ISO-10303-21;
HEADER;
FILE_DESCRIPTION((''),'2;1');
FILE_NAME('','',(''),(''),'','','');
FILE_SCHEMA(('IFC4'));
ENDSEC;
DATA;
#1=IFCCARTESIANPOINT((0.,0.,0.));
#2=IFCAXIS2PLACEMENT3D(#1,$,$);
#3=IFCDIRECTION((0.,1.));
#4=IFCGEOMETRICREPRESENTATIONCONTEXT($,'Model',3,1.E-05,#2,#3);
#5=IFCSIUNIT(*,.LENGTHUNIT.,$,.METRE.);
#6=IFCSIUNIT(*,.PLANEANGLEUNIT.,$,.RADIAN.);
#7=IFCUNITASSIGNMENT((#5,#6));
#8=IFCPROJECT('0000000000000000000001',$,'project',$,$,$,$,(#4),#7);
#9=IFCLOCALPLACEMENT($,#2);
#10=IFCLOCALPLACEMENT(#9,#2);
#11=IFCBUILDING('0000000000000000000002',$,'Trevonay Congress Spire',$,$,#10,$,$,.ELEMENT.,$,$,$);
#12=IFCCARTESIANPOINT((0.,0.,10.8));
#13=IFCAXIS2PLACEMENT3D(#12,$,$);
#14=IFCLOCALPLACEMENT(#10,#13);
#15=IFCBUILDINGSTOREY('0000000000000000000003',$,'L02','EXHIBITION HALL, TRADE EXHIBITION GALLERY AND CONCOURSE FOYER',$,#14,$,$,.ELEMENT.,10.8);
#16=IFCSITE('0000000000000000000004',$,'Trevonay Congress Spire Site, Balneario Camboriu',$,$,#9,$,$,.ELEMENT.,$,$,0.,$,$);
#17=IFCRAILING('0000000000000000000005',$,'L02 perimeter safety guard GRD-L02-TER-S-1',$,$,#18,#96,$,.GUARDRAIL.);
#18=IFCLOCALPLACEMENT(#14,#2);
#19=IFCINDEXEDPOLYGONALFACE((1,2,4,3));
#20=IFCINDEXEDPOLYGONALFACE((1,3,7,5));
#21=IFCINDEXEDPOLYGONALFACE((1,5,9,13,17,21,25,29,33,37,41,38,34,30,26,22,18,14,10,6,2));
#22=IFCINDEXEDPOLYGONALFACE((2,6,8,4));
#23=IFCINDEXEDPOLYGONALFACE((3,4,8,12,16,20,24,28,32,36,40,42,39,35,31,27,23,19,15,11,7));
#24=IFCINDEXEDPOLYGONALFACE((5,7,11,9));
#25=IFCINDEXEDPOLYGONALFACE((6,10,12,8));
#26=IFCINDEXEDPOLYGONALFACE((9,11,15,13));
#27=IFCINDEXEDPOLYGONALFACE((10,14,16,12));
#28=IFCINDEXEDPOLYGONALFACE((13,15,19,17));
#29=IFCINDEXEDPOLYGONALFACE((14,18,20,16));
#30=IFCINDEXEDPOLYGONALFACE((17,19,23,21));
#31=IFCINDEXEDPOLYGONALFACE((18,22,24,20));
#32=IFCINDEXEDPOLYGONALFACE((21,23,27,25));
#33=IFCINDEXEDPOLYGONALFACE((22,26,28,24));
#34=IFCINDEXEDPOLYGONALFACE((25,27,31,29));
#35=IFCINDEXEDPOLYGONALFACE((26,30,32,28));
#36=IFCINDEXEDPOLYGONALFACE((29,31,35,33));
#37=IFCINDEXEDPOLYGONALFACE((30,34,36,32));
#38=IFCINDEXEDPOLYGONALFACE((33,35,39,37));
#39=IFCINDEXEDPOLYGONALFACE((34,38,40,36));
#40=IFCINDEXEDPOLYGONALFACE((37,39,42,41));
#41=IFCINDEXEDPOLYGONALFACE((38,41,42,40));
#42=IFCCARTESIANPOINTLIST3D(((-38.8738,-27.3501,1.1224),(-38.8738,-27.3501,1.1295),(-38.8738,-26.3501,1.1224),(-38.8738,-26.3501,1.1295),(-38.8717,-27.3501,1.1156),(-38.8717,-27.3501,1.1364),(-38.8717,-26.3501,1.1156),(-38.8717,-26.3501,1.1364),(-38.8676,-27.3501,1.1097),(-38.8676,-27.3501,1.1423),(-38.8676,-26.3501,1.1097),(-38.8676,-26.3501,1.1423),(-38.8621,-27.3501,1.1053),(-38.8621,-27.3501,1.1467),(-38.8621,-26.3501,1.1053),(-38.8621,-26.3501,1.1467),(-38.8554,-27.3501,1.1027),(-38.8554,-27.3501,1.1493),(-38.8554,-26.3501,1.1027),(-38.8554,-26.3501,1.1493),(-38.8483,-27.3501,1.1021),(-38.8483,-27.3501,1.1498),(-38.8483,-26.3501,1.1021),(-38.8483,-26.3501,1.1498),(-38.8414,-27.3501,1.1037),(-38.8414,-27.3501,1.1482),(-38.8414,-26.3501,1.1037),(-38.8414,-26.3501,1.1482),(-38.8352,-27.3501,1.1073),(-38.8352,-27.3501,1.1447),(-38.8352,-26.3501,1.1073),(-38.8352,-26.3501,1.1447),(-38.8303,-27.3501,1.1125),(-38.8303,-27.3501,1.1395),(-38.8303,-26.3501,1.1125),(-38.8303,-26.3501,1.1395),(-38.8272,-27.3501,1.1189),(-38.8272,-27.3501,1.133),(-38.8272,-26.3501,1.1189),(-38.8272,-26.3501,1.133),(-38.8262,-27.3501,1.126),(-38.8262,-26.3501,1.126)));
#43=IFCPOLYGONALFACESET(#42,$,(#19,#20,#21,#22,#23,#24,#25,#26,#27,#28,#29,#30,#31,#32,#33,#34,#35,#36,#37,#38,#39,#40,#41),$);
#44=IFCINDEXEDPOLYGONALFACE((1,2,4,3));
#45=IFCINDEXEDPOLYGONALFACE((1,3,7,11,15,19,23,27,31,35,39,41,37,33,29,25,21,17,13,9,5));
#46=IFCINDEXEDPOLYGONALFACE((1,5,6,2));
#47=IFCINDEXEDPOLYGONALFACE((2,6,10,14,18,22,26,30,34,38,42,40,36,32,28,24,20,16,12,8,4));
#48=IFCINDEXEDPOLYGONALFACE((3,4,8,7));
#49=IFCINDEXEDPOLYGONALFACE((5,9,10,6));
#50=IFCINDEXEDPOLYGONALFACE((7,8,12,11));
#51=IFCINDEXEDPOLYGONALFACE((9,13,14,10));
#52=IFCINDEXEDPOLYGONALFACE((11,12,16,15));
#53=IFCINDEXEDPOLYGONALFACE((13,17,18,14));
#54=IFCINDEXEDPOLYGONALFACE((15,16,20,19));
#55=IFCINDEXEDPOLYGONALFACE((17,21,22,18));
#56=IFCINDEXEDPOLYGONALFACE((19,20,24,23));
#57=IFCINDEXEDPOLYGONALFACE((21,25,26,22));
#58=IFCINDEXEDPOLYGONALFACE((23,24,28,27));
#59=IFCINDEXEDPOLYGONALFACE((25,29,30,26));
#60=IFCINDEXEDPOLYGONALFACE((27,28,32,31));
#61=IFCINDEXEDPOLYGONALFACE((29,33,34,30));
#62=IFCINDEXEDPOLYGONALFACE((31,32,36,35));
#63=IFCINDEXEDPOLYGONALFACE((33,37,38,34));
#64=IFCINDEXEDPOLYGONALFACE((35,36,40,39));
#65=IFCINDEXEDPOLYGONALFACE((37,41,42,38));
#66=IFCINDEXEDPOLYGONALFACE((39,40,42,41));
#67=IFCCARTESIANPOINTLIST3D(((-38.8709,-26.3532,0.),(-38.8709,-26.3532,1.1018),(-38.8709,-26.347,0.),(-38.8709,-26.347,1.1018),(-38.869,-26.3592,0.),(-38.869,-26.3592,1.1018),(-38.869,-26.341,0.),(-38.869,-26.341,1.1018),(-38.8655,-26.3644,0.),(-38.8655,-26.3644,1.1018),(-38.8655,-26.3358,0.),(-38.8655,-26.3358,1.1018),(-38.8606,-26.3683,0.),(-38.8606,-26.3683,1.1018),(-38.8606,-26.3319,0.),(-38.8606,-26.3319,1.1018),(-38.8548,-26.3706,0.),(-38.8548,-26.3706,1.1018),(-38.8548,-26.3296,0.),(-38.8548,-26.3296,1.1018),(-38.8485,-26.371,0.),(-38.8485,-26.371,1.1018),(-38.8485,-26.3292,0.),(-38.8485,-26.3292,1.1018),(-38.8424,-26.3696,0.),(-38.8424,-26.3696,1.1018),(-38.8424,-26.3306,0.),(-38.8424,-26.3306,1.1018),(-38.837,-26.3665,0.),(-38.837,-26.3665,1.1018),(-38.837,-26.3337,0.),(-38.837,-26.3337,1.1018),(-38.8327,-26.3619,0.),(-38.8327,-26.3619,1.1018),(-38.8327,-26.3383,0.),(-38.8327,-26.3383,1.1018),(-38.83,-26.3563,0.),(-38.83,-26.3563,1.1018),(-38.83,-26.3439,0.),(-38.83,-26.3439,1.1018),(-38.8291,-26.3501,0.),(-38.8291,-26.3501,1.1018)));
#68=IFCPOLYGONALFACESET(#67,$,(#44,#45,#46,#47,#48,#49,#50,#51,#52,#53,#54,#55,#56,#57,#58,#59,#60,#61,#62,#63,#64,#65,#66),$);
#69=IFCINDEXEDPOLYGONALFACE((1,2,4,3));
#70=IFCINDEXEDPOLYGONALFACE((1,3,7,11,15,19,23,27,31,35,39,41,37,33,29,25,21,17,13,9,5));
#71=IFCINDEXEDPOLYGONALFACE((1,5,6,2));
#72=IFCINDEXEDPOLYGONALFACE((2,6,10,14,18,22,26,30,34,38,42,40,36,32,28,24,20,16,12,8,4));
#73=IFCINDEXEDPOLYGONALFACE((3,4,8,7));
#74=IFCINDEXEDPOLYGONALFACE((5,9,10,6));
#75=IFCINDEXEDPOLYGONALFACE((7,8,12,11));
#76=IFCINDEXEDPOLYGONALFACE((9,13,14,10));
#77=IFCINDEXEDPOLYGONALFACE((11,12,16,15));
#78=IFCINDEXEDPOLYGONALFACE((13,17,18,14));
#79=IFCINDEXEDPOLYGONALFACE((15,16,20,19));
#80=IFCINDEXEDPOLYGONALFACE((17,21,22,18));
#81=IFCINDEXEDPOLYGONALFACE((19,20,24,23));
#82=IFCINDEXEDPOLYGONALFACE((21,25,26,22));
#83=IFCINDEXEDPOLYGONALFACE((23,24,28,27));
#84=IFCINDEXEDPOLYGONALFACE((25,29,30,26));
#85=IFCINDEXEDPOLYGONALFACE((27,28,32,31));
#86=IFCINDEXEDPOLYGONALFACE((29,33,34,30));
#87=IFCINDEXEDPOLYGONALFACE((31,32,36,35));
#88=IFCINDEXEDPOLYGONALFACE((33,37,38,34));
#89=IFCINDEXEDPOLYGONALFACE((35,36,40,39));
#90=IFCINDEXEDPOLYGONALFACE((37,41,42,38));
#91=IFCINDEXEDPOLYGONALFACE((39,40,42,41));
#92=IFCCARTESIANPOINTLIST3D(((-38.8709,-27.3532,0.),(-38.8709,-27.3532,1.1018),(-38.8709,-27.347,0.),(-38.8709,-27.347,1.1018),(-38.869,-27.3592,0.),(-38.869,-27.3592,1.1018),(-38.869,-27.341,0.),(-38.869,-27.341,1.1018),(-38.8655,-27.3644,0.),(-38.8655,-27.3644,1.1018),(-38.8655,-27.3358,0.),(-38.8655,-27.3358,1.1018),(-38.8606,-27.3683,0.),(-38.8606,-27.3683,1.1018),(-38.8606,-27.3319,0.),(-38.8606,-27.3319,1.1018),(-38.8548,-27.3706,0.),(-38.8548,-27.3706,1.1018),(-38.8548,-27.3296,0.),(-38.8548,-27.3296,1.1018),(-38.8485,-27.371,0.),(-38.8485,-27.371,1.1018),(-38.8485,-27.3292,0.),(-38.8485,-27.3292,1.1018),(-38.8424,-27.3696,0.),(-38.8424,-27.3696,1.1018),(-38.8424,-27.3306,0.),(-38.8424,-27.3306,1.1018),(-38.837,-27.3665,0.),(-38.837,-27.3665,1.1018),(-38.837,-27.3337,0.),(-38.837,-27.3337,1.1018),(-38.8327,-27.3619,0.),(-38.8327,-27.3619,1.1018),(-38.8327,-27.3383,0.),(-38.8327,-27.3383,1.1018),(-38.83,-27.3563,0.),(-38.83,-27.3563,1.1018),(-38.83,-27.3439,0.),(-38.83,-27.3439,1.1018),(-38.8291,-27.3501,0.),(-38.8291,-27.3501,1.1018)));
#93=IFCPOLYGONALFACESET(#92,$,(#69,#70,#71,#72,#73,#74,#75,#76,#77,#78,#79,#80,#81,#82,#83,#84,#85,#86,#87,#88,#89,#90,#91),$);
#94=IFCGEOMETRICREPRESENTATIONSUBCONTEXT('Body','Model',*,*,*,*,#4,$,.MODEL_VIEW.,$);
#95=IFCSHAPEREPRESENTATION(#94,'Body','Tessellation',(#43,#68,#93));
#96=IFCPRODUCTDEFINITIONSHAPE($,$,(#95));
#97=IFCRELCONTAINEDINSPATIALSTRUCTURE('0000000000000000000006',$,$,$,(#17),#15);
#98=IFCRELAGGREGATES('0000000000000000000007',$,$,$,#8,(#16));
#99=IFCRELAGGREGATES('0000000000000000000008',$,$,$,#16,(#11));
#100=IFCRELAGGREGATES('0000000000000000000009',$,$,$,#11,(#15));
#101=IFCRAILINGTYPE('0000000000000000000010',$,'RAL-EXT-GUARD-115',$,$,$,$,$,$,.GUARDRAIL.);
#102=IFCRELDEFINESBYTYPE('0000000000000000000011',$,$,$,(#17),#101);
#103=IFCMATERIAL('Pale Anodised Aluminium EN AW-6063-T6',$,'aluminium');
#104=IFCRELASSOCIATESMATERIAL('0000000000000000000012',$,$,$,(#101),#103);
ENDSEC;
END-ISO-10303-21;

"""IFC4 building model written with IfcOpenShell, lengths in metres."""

from ifc_helpers import new_model, si_unit, direction, frame, origin, origin_2d, place, context, subcontext, project, spatial, circle, extrude, material, type_object, element, save


model = new_model("IFC4")

# Units and contexts
model_context = context("Model", 3, precision=1e-05, world=origin(), true_north=direction((0.0, 1.0)))
body_context = subcontext(model_context, "Body", "Model", "MODEL_VIEW")
ifc_project = project(units=[si_unit("LENGTHUNIT", "METRE"), si_unit("PLANEANGLEUNIT", "RADIAN")], contexts=[model_context])

# Site, building, storey
site_placement = place(None, origin())
site = spatial("IfcSite", under=ifc_project, at=site_placement, Name="Trevonay Congress Spire Site, Balneario Camboriu", CompositionType="ELEMENT", RefElevation=0.0)
building_placement = place(site_placement, origin())
building = spatial("IfcBuilding", under=site, at=building_placement, Name="Trevonay Congress Spire", CompositionType="ELEMENT")
storey_placement = place(building_placement, frame((0.0, 0.0, 10.8)))
storey = spatial("IfcBuildingStorey", under=building, at=storey_placement, Name="L02", Description="EXHIBITION HALL, TRADE EXHIBITION GALLERY AND CONCOURSE FOYER", CompositionType="ELEMENT", Elevation=10.8)

# Shared definitions
ifc_material_1 = material(Name="Pale Anodised Aluminium EN AW-6063-T6", Category="aluminium")

# Railing
railing_type_1 = type_object("IfcRailingType", Name="RAL-EXT-GUARD-115", PredefinedType="GUARDRAIL", material=ifc_material_1)
railing_1_placement = place(storey_placement, frame((-38.8501, -26.3501, 0.0)))
element("IfcRailing", 1, at=railing_1_placement, inside=storey, type_object=railing_type_1, Name="L02 perimeter safety guard GRD-L02-TER-S-1", PredefinedType="GUARDRAIL", context=body_context, shape_type="SweptSolid", body=[
    extrude(circle(Radius=0.0239, at=origin_2d()), frame((0.0, 0.0, 1.126), z_axis=(0.0, -1.0, 0.0), x_axis=(1.0, 0.0, 0.0)), (0.0, 0.0, 1.0), 1.0),
    extrude(circle(Radius=0.021, at=origin_2d()), origin(), (0.0, 0.0, 1.0), 1.1018),
    extrude(circle(Radius=0.021, at=origin_2d()), frame((0.0, -1.0, 0.0)), (0.0, 0.0, 1.0), 1.1018),
])

save(model, "model.ifc")
